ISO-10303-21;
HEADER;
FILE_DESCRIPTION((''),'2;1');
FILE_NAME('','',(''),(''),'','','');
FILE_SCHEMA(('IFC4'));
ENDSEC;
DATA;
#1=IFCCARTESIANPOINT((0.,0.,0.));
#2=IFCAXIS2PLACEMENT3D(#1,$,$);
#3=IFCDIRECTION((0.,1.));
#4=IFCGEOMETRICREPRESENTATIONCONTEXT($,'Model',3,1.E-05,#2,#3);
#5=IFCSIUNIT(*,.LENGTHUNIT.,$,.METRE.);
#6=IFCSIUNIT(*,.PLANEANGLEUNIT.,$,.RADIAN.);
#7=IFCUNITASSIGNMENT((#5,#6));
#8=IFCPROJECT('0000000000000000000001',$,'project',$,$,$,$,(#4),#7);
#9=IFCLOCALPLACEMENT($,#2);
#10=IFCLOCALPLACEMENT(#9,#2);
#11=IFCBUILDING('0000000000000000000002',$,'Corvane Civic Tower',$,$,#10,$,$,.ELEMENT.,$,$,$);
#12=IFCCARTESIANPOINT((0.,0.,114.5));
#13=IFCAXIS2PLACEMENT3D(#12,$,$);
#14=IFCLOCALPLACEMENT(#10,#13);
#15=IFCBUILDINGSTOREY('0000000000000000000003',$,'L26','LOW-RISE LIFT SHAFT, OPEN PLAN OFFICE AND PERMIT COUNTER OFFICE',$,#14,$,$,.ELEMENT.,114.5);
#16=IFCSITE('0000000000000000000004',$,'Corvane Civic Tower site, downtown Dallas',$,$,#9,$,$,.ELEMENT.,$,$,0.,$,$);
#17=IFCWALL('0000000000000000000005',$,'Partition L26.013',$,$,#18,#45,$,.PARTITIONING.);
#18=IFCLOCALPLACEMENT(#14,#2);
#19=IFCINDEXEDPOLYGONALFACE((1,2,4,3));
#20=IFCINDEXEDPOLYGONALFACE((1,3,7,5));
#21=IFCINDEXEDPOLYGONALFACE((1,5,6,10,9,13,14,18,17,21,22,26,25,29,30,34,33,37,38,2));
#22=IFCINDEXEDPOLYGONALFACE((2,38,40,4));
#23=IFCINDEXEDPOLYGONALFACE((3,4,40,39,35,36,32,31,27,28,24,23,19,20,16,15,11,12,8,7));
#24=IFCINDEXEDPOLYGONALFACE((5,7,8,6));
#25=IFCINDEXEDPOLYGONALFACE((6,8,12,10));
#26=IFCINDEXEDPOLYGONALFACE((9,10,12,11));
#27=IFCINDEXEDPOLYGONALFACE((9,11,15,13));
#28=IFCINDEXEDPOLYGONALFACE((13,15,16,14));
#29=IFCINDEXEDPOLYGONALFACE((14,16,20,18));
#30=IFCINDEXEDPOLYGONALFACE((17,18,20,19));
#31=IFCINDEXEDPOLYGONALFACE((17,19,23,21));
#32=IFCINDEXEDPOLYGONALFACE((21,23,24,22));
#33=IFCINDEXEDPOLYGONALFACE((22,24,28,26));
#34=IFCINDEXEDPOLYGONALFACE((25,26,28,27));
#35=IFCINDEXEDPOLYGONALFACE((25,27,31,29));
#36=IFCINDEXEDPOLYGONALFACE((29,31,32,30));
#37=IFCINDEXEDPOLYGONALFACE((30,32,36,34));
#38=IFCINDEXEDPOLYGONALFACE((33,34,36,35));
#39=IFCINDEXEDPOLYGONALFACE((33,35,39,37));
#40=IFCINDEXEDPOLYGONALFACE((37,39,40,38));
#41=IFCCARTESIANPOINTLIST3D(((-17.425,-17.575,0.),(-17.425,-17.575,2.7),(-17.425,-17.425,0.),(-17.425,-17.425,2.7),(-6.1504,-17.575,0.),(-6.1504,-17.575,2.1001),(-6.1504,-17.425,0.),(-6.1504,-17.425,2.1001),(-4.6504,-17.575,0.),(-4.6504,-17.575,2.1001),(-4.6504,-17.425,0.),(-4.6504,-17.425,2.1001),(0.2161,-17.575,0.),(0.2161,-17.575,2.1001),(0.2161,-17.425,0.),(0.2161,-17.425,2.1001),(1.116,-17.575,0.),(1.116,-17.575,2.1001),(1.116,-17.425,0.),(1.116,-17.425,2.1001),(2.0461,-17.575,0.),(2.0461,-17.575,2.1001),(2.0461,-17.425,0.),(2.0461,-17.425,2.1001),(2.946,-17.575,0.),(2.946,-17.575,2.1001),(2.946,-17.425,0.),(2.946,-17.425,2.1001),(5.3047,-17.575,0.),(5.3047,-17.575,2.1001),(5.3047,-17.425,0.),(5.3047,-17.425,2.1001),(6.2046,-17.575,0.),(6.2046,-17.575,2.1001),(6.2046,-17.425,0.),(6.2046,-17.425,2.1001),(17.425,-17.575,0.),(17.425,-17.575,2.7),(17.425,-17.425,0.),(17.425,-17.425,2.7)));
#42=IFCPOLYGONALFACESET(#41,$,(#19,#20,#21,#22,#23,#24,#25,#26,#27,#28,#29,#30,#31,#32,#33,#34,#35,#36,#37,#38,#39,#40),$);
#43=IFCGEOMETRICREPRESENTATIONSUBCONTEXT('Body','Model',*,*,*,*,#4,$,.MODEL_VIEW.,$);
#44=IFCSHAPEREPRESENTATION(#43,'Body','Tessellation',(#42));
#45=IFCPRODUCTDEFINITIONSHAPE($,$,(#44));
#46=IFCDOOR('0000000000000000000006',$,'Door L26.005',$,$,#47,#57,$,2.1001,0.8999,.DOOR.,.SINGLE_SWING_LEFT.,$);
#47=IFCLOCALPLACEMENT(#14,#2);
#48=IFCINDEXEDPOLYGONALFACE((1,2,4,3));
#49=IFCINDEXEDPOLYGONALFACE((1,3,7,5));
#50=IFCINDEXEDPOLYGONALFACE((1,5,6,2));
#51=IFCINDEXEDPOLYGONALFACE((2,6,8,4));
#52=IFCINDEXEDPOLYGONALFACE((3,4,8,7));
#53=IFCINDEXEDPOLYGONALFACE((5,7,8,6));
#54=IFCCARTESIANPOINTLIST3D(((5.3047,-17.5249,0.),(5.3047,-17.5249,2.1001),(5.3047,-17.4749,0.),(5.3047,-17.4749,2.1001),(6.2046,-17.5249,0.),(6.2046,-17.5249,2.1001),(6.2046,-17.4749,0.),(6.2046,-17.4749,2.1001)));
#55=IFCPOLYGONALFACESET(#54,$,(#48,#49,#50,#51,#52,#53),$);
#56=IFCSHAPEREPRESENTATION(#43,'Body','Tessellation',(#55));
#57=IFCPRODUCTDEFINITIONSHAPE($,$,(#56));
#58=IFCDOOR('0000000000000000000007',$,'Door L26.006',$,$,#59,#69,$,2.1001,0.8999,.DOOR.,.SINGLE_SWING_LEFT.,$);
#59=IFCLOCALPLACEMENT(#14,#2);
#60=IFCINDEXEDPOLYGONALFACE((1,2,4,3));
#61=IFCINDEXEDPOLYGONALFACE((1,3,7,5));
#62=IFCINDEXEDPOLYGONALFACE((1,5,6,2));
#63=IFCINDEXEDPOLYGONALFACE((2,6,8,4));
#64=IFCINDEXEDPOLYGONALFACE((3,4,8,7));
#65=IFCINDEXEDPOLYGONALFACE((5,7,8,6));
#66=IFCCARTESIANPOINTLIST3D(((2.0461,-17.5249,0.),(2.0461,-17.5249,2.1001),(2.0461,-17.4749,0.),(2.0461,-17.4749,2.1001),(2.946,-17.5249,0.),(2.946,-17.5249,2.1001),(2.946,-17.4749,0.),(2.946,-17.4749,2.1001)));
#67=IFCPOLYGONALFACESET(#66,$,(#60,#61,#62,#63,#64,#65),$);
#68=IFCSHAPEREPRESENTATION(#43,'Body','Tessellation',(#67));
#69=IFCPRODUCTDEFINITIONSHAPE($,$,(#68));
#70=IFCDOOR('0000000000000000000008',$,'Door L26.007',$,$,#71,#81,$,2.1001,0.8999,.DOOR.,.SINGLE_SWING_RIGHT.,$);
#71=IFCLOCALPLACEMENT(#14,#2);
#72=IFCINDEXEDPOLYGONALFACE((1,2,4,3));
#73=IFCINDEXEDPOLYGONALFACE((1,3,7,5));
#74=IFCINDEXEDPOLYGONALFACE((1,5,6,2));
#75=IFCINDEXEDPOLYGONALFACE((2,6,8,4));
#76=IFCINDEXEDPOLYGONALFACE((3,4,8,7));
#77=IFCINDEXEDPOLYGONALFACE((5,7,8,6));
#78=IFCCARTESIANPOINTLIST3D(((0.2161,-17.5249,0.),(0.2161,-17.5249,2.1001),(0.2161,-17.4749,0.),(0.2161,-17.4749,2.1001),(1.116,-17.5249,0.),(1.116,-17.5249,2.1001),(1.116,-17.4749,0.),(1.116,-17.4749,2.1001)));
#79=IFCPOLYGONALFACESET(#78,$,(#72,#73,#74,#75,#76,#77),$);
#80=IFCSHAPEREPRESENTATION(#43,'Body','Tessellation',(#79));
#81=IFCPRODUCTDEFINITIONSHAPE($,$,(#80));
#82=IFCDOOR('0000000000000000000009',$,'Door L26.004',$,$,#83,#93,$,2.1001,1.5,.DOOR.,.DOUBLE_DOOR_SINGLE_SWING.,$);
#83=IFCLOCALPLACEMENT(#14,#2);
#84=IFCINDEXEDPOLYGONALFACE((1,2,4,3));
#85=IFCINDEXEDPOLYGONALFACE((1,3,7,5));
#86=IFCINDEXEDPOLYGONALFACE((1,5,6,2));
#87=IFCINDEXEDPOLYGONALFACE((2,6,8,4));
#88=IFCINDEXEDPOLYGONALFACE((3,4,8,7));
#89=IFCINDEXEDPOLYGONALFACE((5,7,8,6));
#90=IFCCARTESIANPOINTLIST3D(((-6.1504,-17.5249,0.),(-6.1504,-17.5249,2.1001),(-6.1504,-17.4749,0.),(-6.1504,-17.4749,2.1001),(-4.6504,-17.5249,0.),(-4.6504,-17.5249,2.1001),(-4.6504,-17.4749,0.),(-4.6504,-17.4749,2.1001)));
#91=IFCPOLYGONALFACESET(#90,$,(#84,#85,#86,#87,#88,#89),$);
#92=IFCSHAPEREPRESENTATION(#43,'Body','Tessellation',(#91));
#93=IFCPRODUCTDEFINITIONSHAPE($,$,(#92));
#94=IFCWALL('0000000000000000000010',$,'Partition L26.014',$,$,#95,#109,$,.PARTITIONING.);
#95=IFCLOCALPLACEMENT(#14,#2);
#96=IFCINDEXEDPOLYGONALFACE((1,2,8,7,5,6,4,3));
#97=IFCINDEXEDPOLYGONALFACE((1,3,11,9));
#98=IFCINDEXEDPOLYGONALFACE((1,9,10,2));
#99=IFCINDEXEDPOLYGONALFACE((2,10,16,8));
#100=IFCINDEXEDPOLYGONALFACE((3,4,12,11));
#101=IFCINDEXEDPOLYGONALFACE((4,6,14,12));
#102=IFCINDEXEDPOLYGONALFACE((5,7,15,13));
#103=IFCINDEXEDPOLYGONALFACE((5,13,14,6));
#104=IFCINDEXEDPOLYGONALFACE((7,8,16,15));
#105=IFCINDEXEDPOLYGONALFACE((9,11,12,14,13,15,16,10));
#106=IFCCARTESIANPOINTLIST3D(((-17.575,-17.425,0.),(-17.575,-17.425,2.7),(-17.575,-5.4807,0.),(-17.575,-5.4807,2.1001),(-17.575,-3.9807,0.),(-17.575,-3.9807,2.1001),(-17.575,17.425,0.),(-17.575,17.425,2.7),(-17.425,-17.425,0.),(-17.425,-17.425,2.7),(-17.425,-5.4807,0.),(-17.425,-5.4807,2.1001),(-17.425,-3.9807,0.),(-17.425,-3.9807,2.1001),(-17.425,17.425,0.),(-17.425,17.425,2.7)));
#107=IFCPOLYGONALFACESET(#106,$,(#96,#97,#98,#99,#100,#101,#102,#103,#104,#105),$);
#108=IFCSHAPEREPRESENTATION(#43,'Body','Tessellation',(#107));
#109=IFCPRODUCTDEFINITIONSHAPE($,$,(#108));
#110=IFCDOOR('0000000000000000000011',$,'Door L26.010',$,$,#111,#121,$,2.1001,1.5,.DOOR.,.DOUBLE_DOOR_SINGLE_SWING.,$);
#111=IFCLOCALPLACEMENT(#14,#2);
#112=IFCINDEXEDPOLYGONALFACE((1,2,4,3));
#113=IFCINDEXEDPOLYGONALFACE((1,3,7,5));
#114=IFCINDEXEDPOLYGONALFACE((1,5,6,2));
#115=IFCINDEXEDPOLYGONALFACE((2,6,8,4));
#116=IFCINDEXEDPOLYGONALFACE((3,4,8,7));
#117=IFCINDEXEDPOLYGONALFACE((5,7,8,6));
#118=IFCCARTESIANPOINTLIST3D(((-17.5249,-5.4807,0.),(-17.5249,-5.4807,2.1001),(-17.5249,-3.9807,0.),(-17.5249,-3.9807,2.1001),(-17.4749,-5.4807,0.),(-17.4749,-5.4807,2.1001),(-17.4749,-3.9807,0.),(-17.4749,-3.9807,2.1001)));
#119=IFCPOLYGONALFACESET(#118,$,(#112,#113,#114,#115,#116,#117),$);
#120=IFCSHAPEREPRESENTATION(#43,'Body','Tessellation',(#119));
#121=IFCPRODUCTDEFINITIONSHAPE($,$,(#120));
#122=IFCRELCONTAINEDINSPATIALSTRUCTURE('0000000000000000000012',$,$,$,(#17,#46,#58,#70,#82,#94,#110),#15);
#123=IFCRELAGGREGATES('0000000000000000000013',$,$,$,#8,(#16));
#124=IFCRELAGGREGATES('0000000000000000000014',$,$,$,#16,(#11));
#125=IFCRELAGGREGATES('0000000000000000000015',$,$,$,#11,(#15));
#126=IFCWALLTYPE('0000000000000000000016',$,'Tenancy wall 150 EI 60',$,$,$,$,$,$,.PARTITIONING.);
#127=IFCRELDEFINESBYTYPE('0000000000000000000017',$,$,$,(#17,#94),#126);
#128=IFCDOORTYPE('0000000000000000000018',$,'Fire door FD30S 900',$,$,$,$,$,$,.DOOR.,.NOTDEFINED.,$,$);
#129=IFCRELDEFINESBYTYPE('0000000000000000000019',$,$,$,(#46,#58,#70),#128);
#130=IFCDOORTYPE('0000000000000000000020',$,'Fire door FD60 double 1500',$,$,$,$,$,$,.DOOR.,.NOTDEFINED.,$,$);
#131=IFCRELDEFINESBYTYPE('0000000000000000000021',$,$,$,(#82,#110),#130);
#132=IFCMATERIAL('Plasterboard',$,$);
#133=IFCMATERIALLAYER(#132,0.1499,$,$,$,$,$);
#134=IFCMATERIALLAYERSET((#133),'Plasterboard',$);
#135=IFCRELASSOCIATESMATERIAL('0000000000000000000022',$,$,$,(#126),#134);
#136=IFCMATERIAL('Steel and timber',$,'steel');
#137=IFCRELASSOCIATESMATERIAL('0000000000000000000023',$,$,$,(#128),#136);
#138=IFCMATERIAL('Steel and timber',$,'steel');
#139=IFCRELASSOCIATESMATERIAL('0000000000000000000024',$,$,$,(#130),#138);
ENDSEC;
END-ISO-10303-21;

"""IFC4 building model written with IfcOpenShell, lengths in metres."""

from ifc_helpers import new_model, si_unit, direction, frame, frame_2d, origin, place, context, subcontext, project, spatial, rectangle, extrude, material, layer, layer_set, type_object, element, fill, save


model = new_model("IFC4")

# Units and contexts
model_context = context("Model", 3, precision=1e-05, world=origin(), true_north=direction((0.0, 1.0)))
body_context = subcontext(model_context, "Body", "Model", "MODEL_VIEW")
ifc_project = project(units=[si_unit("LENGTHUNIT", "METRE"), si_unit("PLANEANGLEUNIT", "RADIAN")], contexts=[model_context])

# Site, building, storey
site_placement = place(None, origin())
site = spatial("IfcSite", under=ifc_project, at=site_placement, Name="Corvane Civic Tower site, downtown Dallas", CompositionType="ELEMENT", RefElevation=0.0)
building_placement = place(site_placement, origin())
building = spatial("IfcBuilding", under=site, at=building_placement, Name="Corvane Civic Tower", CompositionType="ELEMENT")
storey_placement = place(building_placement, frame((0.0, 0.0, 114.5)))
storey = spatial("IfcBuildingStorey", under=building, at=storey_placement, Name="L26", Description="LOW-RISE LIFT SHAFT, OPEN PLAN OFFICE AND PERMIT COUNTER OFFICE", CompositionType="ELEMENT", Elevation=114.5)

# Wall, openings, doors
ifc_material_1 = material(Name="Plasterboard")
ifc_layer_1 = layer(ifc_material_1, 0.1499)
ifc_layer_set_1 = layer_set([ifc_layer_1], Name="Plasterboard")
wall_type_1 = type_object("IfcWallType", Name="Tenancy wall 150 EI 60", PredefinedType="PARTITIONING", material=ifc_layer_set_1)
wall_1_placement = place(storey_placement, frame((-17.425, -17.5, 0.0), z_axis=(0.0, 0.0, 1.0), x_axis=(1.0, 0.0, 0.0)))
wall_1 = element("IfcWall", 1, at=wall_1_placement, inside=storey, type_object=wall_type_1, Name="Partition L26.013", PredefinedType="PARTITIONING", context=body_context, shape_type="SweptSolid", body=[
    extrude(rectangle(XDim=34.8501, YDim=0.1499, at=frame_2d((17.425, 0.0))), origin(), (0.0, 0.0, 1.0), 2.7),
])
opening_1_placement = place(wall_1_placement, frame((11.2747, 0.0, 0.0)))
opening_1 = element("IfcOpeningElement", 2, at=opening_1_placement, cuts=wall_1, PredefinedType="OPENING", context=body_context, shape_type="SweptSolid", body=[
    extrude(rectangle(XDim=1.5, YDim=2.1001, at=frame_2d((0.75, 1.05))), frame((0.0, 0.085, 0.0), z_axis=(0.0, -1.0, 0.0), x_axis=(1.0, 0.0, 0.0)), (0.0, 0.0, 1.0), 0.1699),
])
opening_2_placement = place(wall_1_placement, frame((22.7297, 0.0, 0.0)))
opening_2 = element("IfcOpeningElement", 3, at=opening_2_placement, cuts=wall_1, PredefinedType="OPENING", context=body_context, shape_type="SweptSolid", body=[
    extrude(rectangle(XDim=0.8999, YDim=2.1001, at=frame_2d((0.45, 1.05))), frame((0.0, 0.085, 0.0), z_axis=(0.0, -1.0, 0.0), x_axis=(1.0, 0.0, 0.0)), (0.0, 0.0, 1.0), 0.1699),
])
opening_3_placement = place(wall_1_placement, frame((19.4712, 0.0, 0.0)))
opening_3 = element("IfcOpeningElement", 4, at=opening_3_placement, cuts=wall_1, PredefinedType="OPENING", context=body_context, shape_type="SweptSolid", body=[
    extrude(rectangle(XDim=0.8999, YDim=2.1001, at=frame_2d((0.45, 1.05))), frame((0.0, 0.085, 0.0), z_axis=(0.0, -1.0, 0.0), x_axis=(1.0, 0.0, 0.0)), (0.0, 0.0, 1.0), 0.1699),
])
opening_4_placement = place(wall_1_placement, frame((17.6411, 0.0, 0.0)))
opening_4 = element("IfcOpeningElement", 5, at=opening_4_placement, cuts=wall_1, PredefinedType="OPENING", context=body_context, shape_type="SweptSolid", body=[
    extrude(rectangle(XDim=0.8999, YDim=2.1001, at=frame_2d((0.45, 1.05))), frame((0.0, 0.085, 0.0), z_axis=(0.0, -1.0, 0.0), x_axis=(1.0, 0.0, 0.0)), (0.0, 0.0, 1.0), 0.1699),
])
ifc_material_2 = material(Name="Steel and timber", Category="steel")
door_type_1 = type_object("IfcDoorType", Name="Fire door FD30S 900", OperationType="NOTDEFINED", PredefinedType="DOOR", material=ifc_material_2)
door_1_placement = place(opening_2_placement, frame((0.8999, 0.0, 0.0), z_axis=(0.0, 0.0, 1.0), x_axis=(-1.0, 0.0, 0.0)))
door_1 = element("IfcDoor", 6, at=door_1_placement, inside=storey, type_object=door_type_1, Name="Door L26.005", OperationType="SINGLE_SWING_LEFT", OverallHeight=2.1001, OverallWidth=0.8999, PredefinedType="DOOR", context=body_context, shape_type="SweptSolid", body=[
    extrude(rectangle(XDim=0.8999, YDim=2.1001, at=frame_2d((0.45, 1.05))), frame((0.0, 0.0249, 0.0), z_axis=(0.0, -1.0, 0.0), x_axis=(1.0, 0.0, 0.0)), (0.0, 0.0, 1.0), 0.05),
])
fill(opening_2, door_1)
door_2_placement = place(opening_3_placement, frame((0.8999, 0.0, 0.0), z_axis=(0.0, 0.0, 1.0), x_axis=(-1.0, 0.0, 0.0)))
door_2 = element("IfcDoor", 7, at=door_2_placement, inside=storey, type_object=door_type_1, Name="Door L26.006", OperationType="SINGLE_SWING_LEFT", OverallHeight=2.1001, OverallWidth=0.8999, PredefinedType="DOOR", context=body_context, shape_type="SweptSolid", body=[
    extrude(rectangle(XDim=0.8999, YDim=2.1001, at=frame_2d((0.45, 1.05))), frame((0.0, 0.0249, 0.0), z_axis=(0.0, -1.0, 0.0), x_axis=(1.0, 0.0, 0.0)), (0.0, 0.0, 1.0), 0.05),
])
fill(opening_3, door_2)
door_3_placement = place(opening_4_placement, frame((0.8999, 0.0, 0.0), z_axis=(0.0, 0.0, 1.0), x_axis=(-1.0, 0.0, 0.0)))
door_3 = element("IfcDoor", 8, at=door_3_placement, inside=storey, type_object=door_type_1, Name="Door L26.007", OperationType="SINGLE_SWING_RIGHT", OverallHeight=2.1001, OverallWidth=0.8999, PredefinedType="DOOR", context=body_context, shape_type="SweptSolid", body=[
    extrude(rectangle(XDim=0.8999, YDim=2.1001, at=frame_2d((0.45, 1.05))), frame((0.0, 0.0249, 0.0), z_axis=(0.0, -1.0, 0.0), x_axis=(1.0, 0.0, 0.0)), (0.0, 0.0, 1.0), 0.05),
])
fill(opening_4, door_3)
ifc_material_3 = material(Name="Steel and timber", Category="steel")
door_type_2 = type_object("IfcDoorType", Name="Fire door FD60 double 1500", OperationType="NOTDEFINED", PredefinedType="DOOR", material=ifc_material_3)
door_4_placement = place(opening_1_placement, frame((1.5, 0.0, 0.0), z_axis=(0.0, 0.0, 1.0), x_axis=(-1.0, 0.0, 0.0)))
door_4 = element("IfcDoor", 9, at=door_4_placement, inside=storey, type_object=door_type_2, Name="Door L26.004", OperationType="DOUBLE_DOOR_SINGLE_SWING", OverallHeight=2.1001, OverallWidth=1.5, PredefinedType="DOOR", context=body_context, shape_type="SweptSolid", body=[
    extrude(rectangle(XDim=1.5, YDim=2.1001, at=frame_2d((0.75, 1.05))), frame((0.0, 0.0249, 0.0), z_axis=(0.0, -1.0, 0.0), x_axis=(1.0, 0.0, 0.0)), (0.0, 0.0, 1.0), 0.05),
])
fill(opening_1, door_4)

# Wall, opening, door
wall_2_placement = place(storey_placement, frame((-17.5, -17.425, 0.0), z_axis=(0.0, 0.0, 1.0), x_axis=(0.0, 1.0, 0.0)))
wall_2 = element("IfcWall", 10, at=wall_2_placement, inside=storey, type_object=wall_type_1, Name="Partition L26.014", PredefinedType="PARTITIONING", context=body_context, shape_type="SweptSolid", body=[
    extrude(rectangle(XDim=34.8501, YDim=0.1499, at=frame_2d((17.425, 0.0))), origin(), (0.0, 0.0, 1.0), 2.7),
])
opening_5_placement = place(wall_2_placement, frame((11.9443, 0.0, 0.0)))
opening_5 = element("IfcOpeningElement", 11, at=opening_5_placement, cuts=wall_2, PredefinedType="OPENING", context=body_context, shape_type="SweptSolid", body=[
    extrude(rectangle(XDim=1.5, YDim=2.1001, at=frame_2d((0.75, 1.05))), frame((0.0, 0.085, 0.0), z_axis=(0.0, -1.0, 0.0), x_axis=(1.0, 0.0, 0.0)), (0.0, 0.0, 1.0), 0.1699),
])
door_5_placement = place(opening_5_placement, origin())
door_5 = element("IfcDoor", 12, at=door_5_placement, inside=storey, type_object=door_type_2, Name="Door L26.010", OperationType="DOUBLE_DOOR_SINGLE_SWING", OverallHeight=2.1001, OverallWidth=1.5, PredefinedType="DOOR", context=body_context, shape_type="SweptSolid", body=[
    extrude(rectangle(XDim=1.5, YDim=2.1001, at=frame_2d((0.75, 1.05))), frame((0.0, 0.0249, 0.0), z_axis=(0.0, -1.0, 0.0), x_axis=(1.0, 0.0, 0.0)), (0.0, 0.0, 1.0), 0.05),
])
fill(opening_5, door_5)

save(model, "model.ifc")
